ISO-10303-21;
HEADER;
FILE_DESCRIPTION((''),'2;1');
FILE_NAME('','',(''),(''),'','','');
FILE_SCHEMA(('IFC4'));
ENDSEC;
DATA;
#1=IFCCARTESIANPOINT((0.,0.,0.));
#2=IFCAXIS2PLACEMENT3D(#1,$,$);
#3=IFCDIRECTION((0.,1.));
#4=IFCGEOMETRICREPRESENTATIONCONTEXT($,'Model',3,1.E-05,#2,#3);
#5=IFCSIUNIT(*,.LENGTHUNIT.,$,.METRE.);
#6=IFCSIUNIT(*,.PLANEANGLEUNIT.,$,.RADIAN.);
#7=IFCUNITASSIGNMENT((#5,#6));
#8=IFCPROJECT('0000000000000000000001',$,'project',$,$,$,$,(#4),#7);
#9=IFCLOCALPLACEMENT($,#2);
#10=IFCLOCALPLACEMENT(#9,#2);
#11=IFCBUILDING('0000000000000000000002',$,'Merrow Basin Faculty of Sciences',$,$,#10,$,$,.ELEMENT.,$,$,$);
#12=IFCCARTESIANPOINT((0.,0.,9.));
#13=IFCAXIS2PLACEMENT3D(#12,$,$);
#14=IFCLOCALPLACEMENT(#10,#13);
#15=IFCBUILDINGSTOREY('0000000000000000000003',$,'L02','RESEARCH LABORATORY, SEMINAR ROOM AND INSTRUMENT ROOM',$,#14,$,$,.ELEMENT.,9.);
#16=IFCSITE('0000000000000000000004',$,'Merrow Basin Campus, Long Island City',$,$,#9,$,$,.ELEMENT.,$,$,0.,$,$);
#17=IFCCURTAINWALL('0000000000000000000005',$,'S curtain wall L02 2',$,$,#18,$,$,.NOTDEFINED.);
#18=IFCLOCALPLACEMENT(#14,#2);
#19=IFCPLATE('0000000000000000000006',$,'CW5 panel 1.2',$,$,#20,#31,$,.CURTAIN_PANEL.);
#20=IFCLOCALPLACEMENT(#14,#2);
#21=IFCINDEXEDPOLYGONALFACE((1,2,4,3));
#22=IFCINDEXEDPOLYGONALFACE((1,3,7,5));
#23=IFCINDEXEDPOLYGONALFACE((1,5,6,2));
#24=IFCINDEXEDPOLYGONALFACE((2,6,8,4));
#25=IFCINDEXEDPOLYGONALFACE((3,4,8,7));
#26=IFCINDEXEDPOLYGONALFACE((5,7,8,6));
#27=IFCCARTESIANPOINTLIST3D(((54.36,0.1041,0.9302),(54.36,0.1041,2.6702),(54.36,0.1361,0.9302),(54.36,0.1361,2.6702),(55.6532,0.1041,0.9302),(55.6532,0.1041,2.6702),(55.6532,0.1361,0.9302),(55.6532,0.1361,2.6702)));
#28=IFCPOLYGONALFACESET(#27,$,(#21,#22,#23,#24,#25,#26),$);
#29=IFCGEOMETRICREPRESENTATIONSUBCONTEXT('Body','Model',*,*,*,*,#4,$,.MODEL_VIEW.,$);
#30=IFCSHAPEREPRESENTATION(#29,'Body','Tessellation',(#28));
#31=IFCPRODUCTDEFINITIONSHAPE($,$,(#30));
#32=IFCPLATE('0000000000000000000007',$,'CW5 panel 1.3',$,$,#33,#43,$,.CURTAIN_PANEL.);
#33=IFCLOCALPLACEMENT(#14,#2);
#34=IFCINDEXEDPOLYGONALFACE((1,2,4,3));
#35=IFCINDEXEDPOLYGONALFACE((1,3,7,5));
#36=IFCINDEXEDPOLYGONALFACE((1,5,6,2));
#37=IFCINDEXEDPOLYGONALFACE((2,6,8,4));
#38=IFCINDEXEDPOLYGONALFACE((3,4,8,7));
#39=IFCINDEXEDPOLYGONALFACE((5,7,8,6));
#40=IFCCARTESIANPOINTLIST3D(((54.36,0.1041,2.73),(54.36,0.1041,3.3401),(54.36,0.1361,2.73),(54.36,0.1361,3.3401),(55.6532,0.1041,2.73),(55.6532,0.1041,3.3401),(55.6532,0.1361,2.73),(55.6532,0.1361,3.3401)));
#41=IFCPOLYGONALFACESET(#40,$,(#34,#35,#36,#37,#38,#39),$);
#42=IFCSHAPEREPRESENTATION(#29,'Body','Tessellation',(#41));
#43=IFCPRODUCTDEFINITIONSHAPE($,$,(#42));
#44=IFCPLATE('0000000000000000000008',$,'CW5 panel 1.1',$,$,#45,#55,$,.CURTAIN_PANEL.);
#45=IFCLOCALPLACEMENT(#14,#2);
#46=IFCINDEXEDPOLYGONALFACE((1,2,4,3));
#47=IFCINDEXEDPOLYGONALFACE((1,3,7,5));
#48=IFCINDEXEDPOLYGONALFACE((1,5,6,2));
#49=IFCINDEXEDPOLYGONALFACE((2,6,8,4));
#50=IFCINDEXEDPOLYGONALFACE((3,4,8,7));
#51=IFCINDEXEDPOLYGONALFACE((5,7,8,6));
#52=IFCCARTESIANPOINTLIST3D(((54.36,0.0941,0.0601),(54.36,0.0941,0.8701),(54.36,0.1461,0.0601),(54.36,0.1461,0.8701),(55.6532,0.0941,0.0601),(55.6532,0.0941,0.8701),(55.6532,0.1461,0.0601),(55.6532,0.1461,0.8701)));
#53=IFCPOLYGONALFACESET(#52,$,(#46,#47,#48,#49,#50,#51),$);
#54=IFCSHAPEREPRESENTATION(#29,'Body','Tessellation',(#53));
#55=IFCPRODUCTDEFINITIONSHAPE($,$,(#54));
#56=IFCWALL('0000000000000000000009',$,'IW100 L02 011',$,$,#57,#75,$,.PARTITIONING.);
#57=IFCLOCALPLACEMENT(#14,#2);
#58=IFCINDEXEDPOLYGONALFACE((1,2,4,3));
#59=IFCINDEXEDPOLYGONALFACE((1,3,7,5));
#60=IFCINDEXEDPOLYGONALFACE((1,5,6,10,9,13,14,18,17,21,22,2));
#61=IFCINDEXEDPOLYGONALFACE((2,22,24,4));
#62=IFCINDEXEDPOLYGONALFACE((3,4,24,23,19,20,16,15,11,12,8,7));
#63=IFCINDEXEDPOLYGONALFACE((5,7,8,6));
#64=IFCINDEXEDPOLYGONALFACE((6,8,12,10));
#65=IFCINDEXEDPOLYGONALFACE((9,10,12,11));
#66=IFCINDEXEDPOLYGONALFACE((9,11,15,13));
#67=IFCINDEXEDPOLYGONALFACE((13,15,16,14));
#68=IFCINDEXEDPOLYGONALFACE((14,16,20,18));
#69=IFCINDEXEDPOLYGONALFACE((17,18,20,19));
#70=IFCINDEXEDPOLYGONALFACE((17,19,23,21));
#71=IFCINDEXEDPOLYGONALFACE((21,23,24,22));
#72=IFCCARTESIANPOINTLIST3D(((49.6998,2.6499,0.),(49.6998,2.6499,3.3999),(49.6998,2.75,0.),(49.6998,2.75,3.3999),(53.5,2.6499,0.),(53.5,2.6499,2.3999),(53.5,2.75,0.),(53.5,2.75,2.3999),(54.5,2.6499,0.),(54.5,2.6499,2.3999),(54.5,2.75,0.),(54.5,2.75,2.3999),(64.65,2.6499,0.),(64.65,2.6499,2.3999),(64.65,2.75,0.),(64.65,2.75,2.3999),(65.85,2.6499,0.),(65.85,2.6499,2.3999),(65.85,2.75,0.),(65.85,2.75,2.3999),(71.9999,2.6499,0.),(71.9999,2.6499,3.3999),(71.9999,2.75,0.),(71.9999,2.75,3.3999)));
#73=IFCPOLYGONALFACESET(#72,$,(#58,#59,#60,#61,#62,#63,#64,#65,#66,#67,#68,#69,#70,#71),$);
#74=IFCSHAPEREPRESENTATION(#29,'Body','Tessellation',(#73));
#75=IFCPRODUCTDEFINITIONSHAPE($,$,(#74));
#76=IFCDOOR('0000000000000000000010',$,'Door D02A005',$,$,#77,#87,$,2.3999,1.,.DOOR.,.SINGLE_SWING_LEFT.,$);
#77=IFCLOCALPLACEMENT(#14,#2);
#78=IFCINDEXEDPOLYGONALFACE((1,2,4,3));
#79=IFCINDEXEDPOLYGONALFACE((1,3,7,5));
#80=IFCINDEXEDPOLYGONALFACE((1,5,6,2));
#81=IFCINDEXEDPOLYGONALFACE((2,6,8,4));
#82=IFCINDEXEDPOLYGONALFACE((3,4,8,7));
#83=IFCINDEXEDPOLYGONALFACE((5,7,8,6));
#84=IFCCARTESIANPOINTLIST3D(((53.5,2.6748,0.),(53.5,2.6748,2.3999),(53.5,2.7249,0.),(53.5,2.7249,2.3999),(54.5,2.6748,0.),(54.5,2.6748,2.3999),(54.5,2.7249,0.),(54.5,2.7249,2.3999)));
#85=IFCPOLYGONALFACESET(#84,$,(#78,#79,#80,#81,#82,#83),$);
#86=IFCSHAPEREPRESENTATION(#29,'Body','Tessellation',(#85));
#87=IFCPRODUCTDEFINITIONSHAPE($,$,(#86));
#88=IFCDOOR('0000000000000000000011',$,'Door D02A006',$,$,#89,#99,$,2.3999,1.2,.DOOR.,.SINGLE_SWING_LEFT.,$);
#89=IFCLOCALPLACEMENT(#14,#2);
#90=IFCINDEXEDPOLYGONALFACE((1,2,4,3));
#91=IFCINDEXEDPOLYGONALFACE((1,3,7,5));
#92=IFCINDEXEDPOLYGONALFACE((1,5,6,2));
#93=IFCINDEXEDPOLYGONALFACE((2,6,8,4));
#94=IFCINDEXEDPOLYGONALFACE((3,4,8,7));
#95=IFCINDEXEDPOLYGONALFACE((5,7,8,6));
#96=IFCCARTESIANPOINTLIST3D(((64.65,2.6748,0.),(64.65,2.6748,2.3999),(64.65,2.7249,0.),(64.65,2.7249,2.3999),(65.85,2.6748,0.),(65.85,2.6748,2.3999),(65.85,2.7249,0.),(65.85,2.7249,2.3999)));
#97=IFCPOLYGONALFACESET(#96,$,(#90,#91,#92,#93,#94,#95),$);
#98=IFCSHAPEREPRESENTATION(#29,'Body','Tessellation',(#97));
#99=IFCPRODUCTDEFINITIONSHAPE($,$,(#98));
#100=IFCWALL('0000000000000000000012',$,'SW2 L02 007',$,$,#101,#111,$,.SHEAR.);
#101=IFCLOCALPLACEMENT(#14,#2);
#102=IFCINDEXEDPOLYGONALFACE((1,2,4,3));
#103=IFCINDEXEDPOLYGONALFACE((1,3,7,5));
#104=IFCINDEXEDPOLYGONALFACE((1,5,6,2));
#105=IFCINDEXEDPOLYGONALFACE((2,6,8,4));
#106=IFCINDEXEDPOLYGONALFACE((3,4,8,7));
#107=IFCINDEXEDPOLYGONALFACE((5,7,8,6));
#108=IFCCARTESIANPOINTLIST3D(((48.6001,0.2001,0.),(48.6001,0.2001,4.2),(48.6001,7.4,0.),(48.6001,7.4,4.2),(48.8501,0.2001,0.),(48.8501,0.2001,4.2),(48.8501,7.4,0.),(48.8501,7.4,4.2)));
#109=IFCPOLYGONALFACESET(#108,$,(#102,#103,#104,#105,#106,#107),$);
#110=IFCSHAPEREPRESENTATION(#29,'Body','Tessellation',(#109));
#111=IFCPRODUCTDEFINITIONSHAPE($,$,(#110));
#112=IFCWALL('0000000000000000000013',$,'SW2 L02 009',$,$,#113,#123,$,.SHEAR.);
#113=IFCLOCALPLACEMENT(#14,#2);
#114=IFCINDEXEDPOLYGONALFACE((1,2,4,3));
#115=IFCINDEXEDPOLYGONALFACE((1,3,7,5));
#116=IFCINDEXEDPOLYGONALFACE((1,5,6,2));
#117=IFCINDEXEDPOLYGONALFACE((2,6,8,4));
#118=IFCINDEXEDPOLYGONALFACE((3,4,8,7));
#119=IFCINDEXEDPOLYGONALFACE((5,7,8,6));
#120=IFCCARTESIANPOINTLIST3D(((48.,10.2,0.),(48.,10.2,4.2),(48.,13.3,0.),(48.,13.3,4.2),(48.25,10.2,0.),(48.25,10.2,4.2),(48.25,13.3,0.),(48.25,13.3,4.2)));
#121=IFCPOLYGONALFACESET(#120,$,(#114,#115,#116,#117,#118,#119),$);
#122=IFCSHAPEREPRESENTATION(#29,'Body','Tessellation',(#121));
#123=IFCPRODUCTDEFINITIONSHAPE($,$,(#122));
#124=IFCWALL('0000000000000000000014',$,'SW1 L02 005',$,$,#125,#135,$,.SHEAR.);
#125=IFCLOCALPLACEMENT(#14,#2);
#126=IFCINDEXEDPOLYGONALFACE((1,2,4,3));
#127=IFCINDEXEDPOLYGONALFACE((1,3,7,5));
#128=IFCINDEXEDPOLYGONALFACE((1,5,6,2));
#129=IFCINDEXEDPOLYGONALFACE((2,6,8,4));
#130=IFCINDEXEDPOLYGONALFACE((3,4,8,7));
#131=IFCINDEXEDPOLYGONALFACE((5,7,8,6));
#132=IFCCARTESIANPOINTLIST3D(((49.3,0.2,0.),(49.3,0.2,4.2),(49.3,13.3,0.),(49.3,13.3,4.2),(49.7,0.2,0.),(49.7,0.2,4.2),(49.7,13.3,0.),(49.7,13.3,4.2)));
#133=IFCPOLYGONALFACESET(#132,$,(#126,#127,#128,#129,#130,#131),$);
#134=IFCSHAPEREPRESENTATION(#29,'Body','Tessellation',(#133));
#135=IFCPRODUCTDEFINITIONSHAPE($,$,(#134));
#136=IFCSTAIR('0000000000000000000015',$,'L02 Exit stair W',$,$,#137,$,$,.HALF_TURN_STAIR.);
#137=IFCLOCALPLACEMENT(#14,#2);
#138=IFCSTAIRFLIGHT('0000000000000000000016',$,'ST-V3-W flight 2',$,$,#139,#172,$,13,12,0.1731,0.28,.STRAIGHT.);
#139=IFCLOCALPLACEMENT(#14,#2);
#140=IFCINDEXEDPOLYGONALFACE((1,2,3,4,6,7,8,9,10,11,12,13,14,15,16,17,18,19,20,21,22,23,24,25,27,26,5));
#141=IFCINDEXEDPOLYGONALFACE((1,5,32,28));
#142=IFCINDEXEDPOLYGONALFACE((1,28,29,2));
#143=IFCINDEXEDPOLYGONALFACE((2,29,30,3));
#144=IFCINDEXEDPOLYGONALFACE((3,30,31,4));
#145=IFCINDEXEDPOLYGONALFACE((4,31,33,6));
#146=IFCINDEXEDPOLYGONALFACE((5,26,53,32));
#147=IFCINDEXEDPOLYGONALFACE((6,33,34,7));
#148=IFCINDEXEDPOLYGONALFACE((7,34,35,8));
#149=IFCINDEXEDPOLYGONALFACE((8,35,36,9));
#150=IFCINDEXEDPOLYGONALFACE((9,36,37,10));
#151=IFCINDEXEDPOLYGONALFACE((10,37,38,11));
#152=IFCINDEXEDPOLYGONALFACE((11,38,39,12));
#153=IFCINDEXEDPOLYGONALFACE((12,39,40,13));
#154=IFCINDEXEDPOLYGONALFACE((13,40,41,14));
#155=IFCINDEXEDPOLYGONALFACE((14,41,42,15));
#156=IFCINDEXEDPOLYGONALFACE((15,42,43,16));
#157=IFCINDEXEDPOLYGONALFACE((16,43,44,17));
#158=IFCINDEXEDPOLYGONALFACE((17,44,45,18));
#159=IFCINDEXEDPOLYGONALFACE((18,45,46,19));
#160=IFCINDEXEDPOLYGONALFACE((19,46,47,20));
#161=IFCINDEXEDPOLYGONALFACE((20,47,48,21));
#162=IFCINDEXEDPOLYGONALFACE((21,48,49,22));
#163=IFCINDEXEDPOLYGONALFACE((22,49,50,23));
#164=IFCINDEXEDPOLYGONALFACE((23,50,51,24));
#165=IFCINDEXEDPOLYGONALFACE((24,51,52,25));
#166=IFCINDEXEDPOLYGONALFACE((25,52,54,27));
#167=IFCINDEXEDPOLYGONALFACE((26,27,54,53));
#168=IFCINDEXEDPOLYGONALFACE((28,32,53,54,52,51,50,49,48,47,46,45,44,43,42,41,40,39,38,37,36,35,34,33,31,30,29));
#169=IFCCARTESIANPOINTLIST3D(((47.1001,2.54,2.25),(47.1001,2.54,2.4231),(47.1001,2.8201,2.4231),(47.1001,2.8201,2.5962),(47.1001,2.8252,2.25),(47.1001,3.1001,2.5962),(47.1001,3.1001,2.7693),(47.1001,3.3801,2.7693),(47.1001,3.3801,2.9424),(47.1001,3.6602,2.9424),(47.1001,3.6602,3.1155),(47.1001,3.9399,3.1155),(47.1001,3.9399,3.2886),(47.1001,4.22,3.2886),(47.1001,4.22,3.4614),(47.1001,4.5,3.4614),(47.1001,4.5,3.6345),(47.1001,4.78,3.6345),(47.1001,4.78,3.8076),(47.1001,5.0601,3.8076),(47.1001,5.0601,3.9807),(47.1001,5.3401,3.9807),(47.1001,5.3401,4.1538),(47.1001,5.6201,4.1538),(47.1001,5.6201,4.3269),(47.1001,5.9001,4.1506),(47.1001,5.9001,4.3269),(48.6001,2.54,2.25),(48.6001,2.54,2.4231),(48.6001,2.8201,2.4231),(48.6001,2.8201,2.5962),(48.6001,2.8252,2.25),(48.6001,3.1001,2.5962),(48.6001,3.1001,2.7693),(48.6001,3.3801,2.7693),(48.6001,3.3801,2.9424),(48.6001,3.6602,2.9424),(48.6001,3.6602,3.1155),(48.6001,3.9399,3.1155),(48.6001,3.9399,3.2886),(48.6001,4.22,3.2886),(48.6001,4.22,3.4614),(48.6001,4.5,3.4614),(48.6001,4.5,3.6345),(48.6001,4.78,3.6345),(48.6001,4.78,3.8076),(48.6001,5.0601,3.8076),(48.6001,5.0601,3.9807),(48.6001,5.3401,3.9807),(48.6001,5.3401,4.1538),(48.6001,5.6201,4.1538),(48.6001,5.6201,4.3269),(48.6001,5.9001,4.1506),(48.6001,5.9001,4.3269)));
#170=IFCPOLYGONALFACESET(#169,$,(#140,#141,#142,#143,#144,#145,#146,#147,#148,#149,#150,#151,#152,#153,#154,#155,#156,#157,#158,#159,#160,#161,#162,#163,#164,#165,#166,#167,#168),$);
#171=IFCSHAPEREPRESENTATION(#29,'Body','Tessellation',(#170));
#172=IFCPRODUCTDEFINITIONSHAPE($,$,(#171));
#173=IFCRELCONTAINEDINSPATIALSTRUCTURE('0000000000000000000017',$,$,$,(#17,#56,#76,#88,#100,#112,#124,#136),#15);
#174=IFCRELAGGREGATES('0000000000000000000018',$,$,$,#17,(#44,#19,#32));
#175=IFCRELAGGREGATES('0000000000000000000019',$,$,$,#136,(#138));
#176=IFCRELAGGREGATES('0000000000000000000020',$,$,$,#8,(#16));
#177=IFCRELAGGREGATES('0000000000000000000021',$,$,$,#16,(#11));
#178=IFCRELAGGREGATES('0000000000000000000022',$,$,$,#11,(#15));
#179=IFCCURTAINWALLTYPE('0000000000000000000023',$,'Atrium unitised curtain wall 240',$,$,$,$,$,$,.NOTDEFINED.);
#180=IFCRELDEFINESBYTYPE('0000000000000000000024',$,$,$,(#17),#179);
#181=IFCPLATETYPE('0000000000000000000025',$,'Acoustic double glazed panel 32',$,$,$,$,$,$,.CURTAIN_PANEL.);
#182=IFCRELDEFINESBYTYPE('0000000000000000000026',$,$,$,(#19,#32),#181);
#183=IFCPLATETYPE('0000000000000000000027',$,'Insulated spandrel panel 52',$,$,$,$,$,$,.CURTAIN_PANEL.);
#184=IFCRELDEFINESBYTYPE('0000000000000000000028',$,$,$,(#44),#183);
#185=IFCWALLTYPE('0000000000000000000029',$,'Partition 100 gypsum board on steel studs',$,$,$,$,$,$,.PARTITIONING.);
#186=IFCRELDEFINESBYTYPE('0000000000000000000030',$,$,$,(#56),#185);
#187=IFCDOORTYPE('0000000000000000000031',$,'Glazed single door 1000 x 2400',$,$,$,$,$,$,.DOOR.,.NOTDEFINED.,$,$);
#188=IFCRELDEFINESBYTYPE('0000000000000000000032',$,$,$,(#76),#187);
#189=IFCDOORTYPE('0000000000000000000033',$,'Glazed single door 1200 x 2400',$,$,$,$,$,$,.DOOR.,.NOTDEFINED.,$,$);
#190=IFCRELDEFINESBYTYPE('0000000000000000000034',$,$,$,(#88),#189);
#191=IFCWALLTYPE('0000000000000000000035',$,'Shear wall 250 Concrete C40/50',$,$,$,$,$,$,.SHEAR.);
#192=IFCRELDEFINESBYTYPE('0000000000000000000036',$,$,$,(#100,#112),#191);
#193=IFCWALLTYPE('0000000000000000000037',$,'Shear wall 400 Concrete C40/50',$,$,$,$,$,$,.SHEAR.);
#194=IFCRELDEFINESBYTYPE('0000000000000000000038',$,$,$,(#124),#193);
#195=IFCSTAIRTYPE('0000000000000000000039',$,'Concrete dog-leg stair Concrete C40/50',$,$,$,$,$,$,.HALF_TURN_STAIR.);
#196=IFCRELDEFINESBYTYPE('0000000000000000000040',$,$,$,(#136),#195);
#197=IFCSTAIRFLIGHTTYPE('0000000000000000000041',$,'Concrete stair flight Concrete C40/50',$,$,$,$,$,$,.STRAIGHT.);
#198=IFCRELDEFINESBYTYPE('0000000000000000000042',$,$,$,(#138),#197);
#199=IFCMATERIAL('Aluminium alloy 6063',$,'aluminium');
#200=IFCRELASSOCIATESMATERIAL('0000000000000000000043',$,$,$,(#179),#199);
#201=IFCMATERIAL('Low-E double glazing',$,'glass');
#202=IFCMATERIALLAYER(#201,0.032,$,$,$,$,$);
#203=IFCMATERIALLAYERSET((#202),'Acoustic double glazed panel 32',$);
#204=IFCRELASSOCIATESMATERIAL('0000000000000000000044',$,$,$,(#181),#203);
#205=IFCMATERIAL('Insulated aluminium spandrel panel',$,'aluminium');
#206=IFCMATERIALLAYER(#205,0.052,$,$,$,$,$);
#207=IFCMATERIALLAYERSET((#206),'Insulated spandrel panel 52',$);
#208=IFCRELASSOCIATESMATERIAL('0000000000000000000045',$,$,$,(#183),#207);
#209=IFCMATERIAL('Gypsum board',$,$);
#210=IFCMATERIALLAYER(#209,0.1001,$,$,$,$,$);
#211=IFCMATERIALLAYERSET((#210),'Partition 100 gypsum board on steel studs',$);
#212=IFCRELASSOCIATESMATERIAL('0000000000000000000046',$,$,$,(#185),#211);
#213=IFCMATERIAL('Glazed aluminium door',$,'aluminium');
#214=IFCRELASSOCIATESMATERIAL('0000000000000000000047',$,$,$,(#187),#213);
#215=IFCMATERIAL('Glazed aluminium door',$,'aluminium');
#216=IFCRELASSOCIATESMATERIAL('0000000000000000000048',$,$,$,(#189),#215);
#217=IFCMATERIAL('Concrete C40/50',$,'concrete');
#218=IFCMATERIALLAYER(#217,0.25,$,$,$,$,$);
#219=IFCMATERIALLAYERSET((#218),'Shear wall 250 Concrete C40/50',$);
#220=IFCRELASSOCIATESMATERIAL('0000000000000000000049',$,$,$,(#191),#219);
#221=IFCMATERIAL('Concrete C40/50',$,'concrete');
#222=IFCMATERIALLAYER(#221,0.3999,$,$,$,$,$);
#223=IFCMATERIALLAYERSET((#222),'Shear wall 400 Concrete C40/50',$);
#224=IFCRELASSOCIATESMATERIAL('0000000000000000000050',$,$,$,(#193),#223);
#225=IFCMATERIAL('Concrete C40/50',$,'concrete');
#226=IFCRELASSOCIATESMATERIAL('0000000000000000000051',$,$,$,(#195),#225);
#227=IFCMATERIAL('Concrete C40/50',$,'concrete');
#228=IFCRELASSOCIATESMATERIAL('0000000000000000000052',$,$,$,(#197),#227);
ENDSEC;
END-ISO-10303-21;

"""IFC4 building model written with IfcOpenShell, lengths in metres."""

from ifc_helpers import new_model, si_unit, direction, frame, frame_2d, origin, origin_2d, place, context, subcontext, project, spatial, polyline, rectangle, outline, extrude, material, layer, layer_set, type_object, element, fill, aggregate, save


model = new_model("IFC4")

# Units and contexts
model_context = context("Model", 3, precision=1e-05, world=origin(), true_north=direction((0.0, 1.0)))
body_context = subcontext(model_context, "Body", "Model", "MODEL_VIEW")
ifc_project = project(units=[si_unit("LENGTHUNIT", "METRE"), si_unit("PLANEANGLEUNIT", "RADIAN")], contexts=[model_context])

# Site, building, storey
site_placement = place(None, origin())
site = spatial("IfcSite", under=ifc_project, at=site_placement, Name="Merrow Basin Campus, Long Island City", CompositionType="ELEMENT", RefElevation=0.0)
building_placement = place(site_placement, origin())
building = spatial("IfcBuilding", under=site, at=building_placement, Name="Merrow Basin Faculty of Sciences", CompositionType="ELEMENT")
storey_placement = place(building_placement, frame((0.0, 0.0, 9.0)))
storey = spatial("IfcBuildingStorey", under=building, at=storey_placement, Name="L02", Description="RESEARCH LABORATORY, SEMINAR ROOM AND INSTRUMENT ROOM", CompositionType="ELEMENT", Elevation=9.0)

# Shared definitions
ifc_material_1 = material(Name="Aluminium alloy 6063", Category="aluminium")
curtain_wall_type = type_object("IfcCurtainWallType", Name="Atrium unitised curtain wall 240", PredefinedType="NOTDEFINED", material=ifc_material_1)

# Curtain wall
curtain_wall_1_placement = place(storey_placement, origin())
curtain_wall_1 = element("IfcCurtainWall", 1, at=curtain_wall_1_placement, inside=storey, type_object=curtain_wall_type, Name="S curtain wall L02 2", PredefinedType="NOTDEFINED")

# Plates
ifc_material_2 = material(Name="Low-E double glazing", Category="glass")
ifc_layer_1 = layer(ifc_material_2, 0.032)
ifc_layer_set_1 = layer_set([ifc_layer_1], Name="Acoustic double glazed panel 32")
plate_type_1 = type_object("IfcPlateType", Name="Acoustic double glazed panel 32", PredefinedType="CURTAIN_PANEL", material=ifc_layer_set_1)
plate_1_placement = place(storey_placement, frame((55.0066, 0.1201, 0.9302), z_axis=(0.0, 0.0, 1.0), x_axis=(1.0, 0.0, 0.0)))
plate_1 = element("IfcPlate", 2, at=plate_1_placement, type_object=plate_type_1, Name="CW5 panel 1.2", PredefinedType="CURTAIN_PANEL", context=body_context, shape_type="SweptSolid", body=[
    extrude(rectangle(XDim=1.2932, YDim=0.032, at=origin_2d()), origin(), (0.0, 0.0, 1.0), 1.74),
])
plate_2_placement = place(storey_placement, frame((55.0066, 0.1201, 2.73), z_axis=(0.0, 0.0, 1.0), x_axis=(1.0, 0.0, 0.0)))
plate_2 = element("IfcPlate", 3, at=plate_2_placement, type_object=plate_type_1, Name="CW5 panel 1.3", PredefinedType="CURTAIN_PANEL", context=body_context, shape_type="SweptSolid", body=[
    extrude(rectangle(XDim=1.2932, YDim=0.032, at=origin_2d()), origin(), (0.0, 0.0, 1.0), 0.6101),
])
ifc_material_3 = material(Name="Insulated aluminium spandrel panel", Category="aluminium")
ifc_layer_2 = layer(ifc_material_3, 0.052)
ifc_layer_set_2 = layer_set([ifc_layer_2], Name="Insulated spandrel panel 52")
plate_type_2 = type_object("IfcPlateType", Name="Insulated spandrel panel 52", PredefinedType="CURTAIN_PANEL", material=ifc_layer_set_2)
plate_3_placement = place(storey_placement, frame((55.0066, 0.1201, 0.0601), z_axis=(0.0, 0.0, 1.0), x_axis=(1.0, 0.0, 0.0)))
plate_3 = element("IfcPlate", 4, at=plate_3_placement, type_object=plate_type_2, Name="CW5 panel 1.1", PredefinedType="CURTAIN_PANEL", context=body_context, shape_type="SweptSolid", body=[
    extrude(rectangle(XDim=1.2932, YDim=0.052, at=origin_2d()), origin(), (0.0, 0.0, 1.0), 0.8101),
])
aggregate(curtain_wall_1, [plate_3, plate_1, plate_2])

# Wall, openings, doors
ifc_material_4 = material(Name="Gypsum board")
ifc_layer_3 = layer(ifc_material_4, 0.1001)
ifc_layer_set_3 = layer_set([ifc_layer_3], Name="Partition 100 gypsum board on steel studs")
wall_type_1 = type_object("IfcWallType", Name="Partition 100 gypsum board on steel studs", PredefinedType="PARTITIONING", material=ifc_layer_set_3)
wall_1_placement = place(storey_placement, frame((49.7, 2.7, 0.0), z_axis=(0.0, 0.0, 1.0), x_axis=(1.0, 0.0, 0.0)))
wall_1 = element("IfcWall", 5, at=wall_1_placement, inside=storey, type_object=wall_type_1, Name="IW100 L02 011", PredefinedType="PARTITIONING", context=body_context, shape_type="SweptSolid", body=[
    extrude(rectangle(XDim=22.3, YDim=0.1001, at=frame_2d((11.1499, 0.0))), origin(), (0.0, 0.0, 1.0), 3.3999),
])
opening_1_placement = place(wall_1_placement, frame((3.8, 0.0, 0.0)))
opening_1 = element("IfcOpeningElement", 6, at=opening_1_placement, cuts=wall_1, PredefinedType="OPENING", context=body_context, shape_type="SweptSolid", body=[
    extrude(rectangle(XDim=1.0, YDim=2.3999, at=frame_2d((0.5, 1.2))), frame((0.0, 0.0601, 0.0), z_axis=(0.0, -1.0, 0.0), x_axis=(1.0, 0.0, 0.0)), (0.0, 0.0, 1.0), 0.1201),
])
opening_2_placement = place(wall_1_placement, frame((14.95, 0.0, 0.0)))
opening_2 = element("IfcOpeningElement", 7, at=opening_2_placement, cuts=wall_1, PredefinedType="OPENING", context=body_context, shape_type="SweptSolid", body=[
    extrude(rectangle(XDim=1.2, YDim=2.3999, at=frame_2d((0.6001, 1.2))), frame((0.0, 0.0601, 0.0), z_axis=(0.0, -1.0, 0.0), x_axis=(1.0, 0.0, 0.0)), (0.0, 0.0, 1.0), 0.1201),
])
ifc_material_5 = material(Name="Glazed aluminium door", Category="aluminium")
door_type_1 = type_object("IfcDoorType", Name="Glazed single door 1000 x 2400", OperationType="NOTDEFINED", PredefinedType="DOOR", material=ifc_material_5)
door_1_placement = place(opening_1_placement, origin())
door_1 = element("IfcDoor", 8, at=door_1_placement, inside=storey, type_object=door_type_1, Name="Door D02A005", OperationType="SINGLE_SWING_LEFT", OverallHeight=2.3999, OverallWidth=1.0, PredefinedType="DOOR", context=body_context, shape_type="SweptSolid", body=[
    extrude(rectangle(XDim=1.0, YDim=2.3999, at=frame_2d((0.5, 1.2))), frame((0.0, 0.0249, 0.0), z_axis=(0.0, -1.0, 0.0), x_axis=(1.0, 0.0, 0.0)), (0.0, 0.0, 1.0), 0.05),
])
fill(opening_1, door_1)
ifc_material_6 = material(Name="Glazed aluminium door", Category="aluminium")
door_type_2 = type_object("IfcDoorType", Name="Glazed single door 1200 x 2400", OperationType="NOTDEFINED", PredefinedType="DOOR", material=ifc_material_6)
door_2_placement = place(opening_2_placement, origin())
door_2 = element("IfcDoor", 9, at=door_2_placement, inside=storey, type_object=door_type_2, Name="Door D02A006", OperationType="SINGLE_SWING_LEFT", OverallHeight=2.3999, OverallWidth=1.2, PredefinedType="DOOR", context=body_context, shape_type="SweptSolid", body=[
    extrude(rectangle(XDim=1.2, YDim=2.3999, at=frame_2d((0.6001, 1.2))), frame((0.0, 0.0249, 0.0), z_axis=(0.0, -1.0, 0.0), x_axis=(1.0, 0.0, 0.0)), (0.0, 0.0, 1.0), 0.05),
])
fill(opening_2, door_2)

# Walls
ifc_material_7 = material(Name="Concrete C40/50", Category="concrete")
ifc_layer_4 = layer(ifc_material_7, 0.25)
ifc_layer_set_4 = layer_set([ifc_layer_4], Name="Shear wall 250 Concrete C40/50")
wall_type_2 = type_object("IfcWallType", Name="Shear wall 250 Concrete C40/50", PredefinedType="SHEAR", material=ifc_layer_set_4)
wall_2_placement = place(storey_placement, frame((48.7251, 0.2, 0.0), z_axis=(0.0, 0.0, 1.0), x_axis=(0.0, 1.0, 0.0)))
element("IfcWall", 10, at=wall_2_placement, inside=storey, type_object=wall_type_2, Name="SW2 L02 007", PredefinedType="SHEAR", context=body_context, shape_type="SweptSolid", body=[
    extrude(rectangle(XDim=7.2, YDim=0.25, at=frame_2d((3.6001, 0.0))), origin(), (0.0, 0.0, 1.0), 4.2),
])
wall_3_placement = place(storey_placement, frame((48.125, 10.2, 0.0), z_axis=(0.0, 0.0, 1.0), x_axis=(0.0, 1.0, 0.0)))
element("IfcWall", 11, at=wall_3_placement, inside=storey, type_object=wall_type_2, Name="SW2 L02 009", PredefinedType="SHEAR", context=body_context, shape_type="SweptSolid", body=[
    extrude(rectangle(XDim=3.1001, YDim=0.25, at=frame_2d((1.55, 0.0))), origin(), (0.0, 0.0, 1.0), 4.2),
])
ifc_material_8 = material(Name="Concrete C40/50", Category="concrete")
ifc_layer_5 = layer(ifc_material_8, 0.3999)
ifc_layer_set_5 = layer_set([ifc_layer_5], Name="Shear wall 400 Concrete C40/50")
wall_type_3 = type_object("IfcWallType", Name="Shear wall 400 Concrete C40/50", PredefinedType="SHEAR", material=ifc_layer_set_5)
wall_4_placement = place(storey_placement, frame((49.5, 0.2, 0.0), z_axis=(0.0, 0.0, 1.0), x_axis=(0.0, 1.0, 0.0)))
element("IfcWall", 12, at=wall_4_placement, inside=storey, type_object=wall_type_3, Name="SW1 L02 005", PredefinedType="SHEAR", context=body_context, shape_type="SweptSolid", body=[
    extrude(rectangle(XDim=13.1001, YDim=0.3999, at=frame_2d((6.55, 0.0))), origin(), (0.0, 0.0, 1.0), 4.2),
])

# Stair, stair flight
ifc_material_9 = material(Name="Concrete C40/50", Category="concrete")
stair_type = type_object("IfcStairType", Name="Concrete dog-leg stair Concrete C40/50", PredefinedType="HALF_TURN_STAIR", material=ifc_material_9)
stair_placement = place(storey_placement, origin())
stair = element("IfcStair", 13, at=stair_placement, inside=storey, type_object=stair_type, Name="L02 Exit stair W", PredefinedType="HALF_TURN_STAIR")
ifc_material_10 = material(Name="Concrete C40/50", Category="concrete")
stair_flight_type = type_object("IfcStairFlightType", Name="Concrete stair flight Concrete C40/50", PredefinedType="STRAIGHT", material=ifc_material_10)
stair_flight_placement = place(storey_placement, frame((47.8501, 2.54, 2.25), z_axis=(0.0, 0.0, 1.0), x_axis=(0.0, 1.0, 0.0)))
stair_flight = element("IfcStairFlight", 14, at=stair_flight_placement, type_object=stair_flight_type, Name="ST-V3-W flight 2", NumberOfRisers=13, NumberOfTreads=12, PredefinedType="STRAIGHT", RiserHeight=0.1731, TreadLength=0.28, context=body_context, shape_type="SweptSolid", body=[
    extrude(outline(polyline([(0.0, 0.0), (0.0, 0.1731), (0.28, 0.1731), (0.28, 0.3462), (0.5601, 0.3462), (0.5601, 0.5193), (0.8401, 0.5193), (0.8401, 0.6924), (1.1201, 0.6924), (1.1201, 0.8655), (1.3999, 0.8655), (1.3999, 1.0386), (1.6799, 1.0386), (1.6799, 1.2114), (1.96, 1.2114), (1.96, 1.3845), (2.24, 1.3845), (2.24, 1.5576), (2.52, 1.5576), (2.52, 1.7307), (2.8, 1.7307), (2.8, 1.9038), (3.0801, 1.9038), (3.0801, 2.0769), (3.3601, 2.0769), (3.3601, 2.25), (3.3601, 1.9006), (0.2852, 0.0), (0.0, 0.0)])), frame((0.0, 0.75, 0.0), z_axis=(0.0, -1.0, 0.0), x_axis=(1.0, 0.0, 0.0)), (0.0, 0.0, 1.0), 1.5),
])
aggregate(stair, [stair_flight])

save(model, "model.ifc")
